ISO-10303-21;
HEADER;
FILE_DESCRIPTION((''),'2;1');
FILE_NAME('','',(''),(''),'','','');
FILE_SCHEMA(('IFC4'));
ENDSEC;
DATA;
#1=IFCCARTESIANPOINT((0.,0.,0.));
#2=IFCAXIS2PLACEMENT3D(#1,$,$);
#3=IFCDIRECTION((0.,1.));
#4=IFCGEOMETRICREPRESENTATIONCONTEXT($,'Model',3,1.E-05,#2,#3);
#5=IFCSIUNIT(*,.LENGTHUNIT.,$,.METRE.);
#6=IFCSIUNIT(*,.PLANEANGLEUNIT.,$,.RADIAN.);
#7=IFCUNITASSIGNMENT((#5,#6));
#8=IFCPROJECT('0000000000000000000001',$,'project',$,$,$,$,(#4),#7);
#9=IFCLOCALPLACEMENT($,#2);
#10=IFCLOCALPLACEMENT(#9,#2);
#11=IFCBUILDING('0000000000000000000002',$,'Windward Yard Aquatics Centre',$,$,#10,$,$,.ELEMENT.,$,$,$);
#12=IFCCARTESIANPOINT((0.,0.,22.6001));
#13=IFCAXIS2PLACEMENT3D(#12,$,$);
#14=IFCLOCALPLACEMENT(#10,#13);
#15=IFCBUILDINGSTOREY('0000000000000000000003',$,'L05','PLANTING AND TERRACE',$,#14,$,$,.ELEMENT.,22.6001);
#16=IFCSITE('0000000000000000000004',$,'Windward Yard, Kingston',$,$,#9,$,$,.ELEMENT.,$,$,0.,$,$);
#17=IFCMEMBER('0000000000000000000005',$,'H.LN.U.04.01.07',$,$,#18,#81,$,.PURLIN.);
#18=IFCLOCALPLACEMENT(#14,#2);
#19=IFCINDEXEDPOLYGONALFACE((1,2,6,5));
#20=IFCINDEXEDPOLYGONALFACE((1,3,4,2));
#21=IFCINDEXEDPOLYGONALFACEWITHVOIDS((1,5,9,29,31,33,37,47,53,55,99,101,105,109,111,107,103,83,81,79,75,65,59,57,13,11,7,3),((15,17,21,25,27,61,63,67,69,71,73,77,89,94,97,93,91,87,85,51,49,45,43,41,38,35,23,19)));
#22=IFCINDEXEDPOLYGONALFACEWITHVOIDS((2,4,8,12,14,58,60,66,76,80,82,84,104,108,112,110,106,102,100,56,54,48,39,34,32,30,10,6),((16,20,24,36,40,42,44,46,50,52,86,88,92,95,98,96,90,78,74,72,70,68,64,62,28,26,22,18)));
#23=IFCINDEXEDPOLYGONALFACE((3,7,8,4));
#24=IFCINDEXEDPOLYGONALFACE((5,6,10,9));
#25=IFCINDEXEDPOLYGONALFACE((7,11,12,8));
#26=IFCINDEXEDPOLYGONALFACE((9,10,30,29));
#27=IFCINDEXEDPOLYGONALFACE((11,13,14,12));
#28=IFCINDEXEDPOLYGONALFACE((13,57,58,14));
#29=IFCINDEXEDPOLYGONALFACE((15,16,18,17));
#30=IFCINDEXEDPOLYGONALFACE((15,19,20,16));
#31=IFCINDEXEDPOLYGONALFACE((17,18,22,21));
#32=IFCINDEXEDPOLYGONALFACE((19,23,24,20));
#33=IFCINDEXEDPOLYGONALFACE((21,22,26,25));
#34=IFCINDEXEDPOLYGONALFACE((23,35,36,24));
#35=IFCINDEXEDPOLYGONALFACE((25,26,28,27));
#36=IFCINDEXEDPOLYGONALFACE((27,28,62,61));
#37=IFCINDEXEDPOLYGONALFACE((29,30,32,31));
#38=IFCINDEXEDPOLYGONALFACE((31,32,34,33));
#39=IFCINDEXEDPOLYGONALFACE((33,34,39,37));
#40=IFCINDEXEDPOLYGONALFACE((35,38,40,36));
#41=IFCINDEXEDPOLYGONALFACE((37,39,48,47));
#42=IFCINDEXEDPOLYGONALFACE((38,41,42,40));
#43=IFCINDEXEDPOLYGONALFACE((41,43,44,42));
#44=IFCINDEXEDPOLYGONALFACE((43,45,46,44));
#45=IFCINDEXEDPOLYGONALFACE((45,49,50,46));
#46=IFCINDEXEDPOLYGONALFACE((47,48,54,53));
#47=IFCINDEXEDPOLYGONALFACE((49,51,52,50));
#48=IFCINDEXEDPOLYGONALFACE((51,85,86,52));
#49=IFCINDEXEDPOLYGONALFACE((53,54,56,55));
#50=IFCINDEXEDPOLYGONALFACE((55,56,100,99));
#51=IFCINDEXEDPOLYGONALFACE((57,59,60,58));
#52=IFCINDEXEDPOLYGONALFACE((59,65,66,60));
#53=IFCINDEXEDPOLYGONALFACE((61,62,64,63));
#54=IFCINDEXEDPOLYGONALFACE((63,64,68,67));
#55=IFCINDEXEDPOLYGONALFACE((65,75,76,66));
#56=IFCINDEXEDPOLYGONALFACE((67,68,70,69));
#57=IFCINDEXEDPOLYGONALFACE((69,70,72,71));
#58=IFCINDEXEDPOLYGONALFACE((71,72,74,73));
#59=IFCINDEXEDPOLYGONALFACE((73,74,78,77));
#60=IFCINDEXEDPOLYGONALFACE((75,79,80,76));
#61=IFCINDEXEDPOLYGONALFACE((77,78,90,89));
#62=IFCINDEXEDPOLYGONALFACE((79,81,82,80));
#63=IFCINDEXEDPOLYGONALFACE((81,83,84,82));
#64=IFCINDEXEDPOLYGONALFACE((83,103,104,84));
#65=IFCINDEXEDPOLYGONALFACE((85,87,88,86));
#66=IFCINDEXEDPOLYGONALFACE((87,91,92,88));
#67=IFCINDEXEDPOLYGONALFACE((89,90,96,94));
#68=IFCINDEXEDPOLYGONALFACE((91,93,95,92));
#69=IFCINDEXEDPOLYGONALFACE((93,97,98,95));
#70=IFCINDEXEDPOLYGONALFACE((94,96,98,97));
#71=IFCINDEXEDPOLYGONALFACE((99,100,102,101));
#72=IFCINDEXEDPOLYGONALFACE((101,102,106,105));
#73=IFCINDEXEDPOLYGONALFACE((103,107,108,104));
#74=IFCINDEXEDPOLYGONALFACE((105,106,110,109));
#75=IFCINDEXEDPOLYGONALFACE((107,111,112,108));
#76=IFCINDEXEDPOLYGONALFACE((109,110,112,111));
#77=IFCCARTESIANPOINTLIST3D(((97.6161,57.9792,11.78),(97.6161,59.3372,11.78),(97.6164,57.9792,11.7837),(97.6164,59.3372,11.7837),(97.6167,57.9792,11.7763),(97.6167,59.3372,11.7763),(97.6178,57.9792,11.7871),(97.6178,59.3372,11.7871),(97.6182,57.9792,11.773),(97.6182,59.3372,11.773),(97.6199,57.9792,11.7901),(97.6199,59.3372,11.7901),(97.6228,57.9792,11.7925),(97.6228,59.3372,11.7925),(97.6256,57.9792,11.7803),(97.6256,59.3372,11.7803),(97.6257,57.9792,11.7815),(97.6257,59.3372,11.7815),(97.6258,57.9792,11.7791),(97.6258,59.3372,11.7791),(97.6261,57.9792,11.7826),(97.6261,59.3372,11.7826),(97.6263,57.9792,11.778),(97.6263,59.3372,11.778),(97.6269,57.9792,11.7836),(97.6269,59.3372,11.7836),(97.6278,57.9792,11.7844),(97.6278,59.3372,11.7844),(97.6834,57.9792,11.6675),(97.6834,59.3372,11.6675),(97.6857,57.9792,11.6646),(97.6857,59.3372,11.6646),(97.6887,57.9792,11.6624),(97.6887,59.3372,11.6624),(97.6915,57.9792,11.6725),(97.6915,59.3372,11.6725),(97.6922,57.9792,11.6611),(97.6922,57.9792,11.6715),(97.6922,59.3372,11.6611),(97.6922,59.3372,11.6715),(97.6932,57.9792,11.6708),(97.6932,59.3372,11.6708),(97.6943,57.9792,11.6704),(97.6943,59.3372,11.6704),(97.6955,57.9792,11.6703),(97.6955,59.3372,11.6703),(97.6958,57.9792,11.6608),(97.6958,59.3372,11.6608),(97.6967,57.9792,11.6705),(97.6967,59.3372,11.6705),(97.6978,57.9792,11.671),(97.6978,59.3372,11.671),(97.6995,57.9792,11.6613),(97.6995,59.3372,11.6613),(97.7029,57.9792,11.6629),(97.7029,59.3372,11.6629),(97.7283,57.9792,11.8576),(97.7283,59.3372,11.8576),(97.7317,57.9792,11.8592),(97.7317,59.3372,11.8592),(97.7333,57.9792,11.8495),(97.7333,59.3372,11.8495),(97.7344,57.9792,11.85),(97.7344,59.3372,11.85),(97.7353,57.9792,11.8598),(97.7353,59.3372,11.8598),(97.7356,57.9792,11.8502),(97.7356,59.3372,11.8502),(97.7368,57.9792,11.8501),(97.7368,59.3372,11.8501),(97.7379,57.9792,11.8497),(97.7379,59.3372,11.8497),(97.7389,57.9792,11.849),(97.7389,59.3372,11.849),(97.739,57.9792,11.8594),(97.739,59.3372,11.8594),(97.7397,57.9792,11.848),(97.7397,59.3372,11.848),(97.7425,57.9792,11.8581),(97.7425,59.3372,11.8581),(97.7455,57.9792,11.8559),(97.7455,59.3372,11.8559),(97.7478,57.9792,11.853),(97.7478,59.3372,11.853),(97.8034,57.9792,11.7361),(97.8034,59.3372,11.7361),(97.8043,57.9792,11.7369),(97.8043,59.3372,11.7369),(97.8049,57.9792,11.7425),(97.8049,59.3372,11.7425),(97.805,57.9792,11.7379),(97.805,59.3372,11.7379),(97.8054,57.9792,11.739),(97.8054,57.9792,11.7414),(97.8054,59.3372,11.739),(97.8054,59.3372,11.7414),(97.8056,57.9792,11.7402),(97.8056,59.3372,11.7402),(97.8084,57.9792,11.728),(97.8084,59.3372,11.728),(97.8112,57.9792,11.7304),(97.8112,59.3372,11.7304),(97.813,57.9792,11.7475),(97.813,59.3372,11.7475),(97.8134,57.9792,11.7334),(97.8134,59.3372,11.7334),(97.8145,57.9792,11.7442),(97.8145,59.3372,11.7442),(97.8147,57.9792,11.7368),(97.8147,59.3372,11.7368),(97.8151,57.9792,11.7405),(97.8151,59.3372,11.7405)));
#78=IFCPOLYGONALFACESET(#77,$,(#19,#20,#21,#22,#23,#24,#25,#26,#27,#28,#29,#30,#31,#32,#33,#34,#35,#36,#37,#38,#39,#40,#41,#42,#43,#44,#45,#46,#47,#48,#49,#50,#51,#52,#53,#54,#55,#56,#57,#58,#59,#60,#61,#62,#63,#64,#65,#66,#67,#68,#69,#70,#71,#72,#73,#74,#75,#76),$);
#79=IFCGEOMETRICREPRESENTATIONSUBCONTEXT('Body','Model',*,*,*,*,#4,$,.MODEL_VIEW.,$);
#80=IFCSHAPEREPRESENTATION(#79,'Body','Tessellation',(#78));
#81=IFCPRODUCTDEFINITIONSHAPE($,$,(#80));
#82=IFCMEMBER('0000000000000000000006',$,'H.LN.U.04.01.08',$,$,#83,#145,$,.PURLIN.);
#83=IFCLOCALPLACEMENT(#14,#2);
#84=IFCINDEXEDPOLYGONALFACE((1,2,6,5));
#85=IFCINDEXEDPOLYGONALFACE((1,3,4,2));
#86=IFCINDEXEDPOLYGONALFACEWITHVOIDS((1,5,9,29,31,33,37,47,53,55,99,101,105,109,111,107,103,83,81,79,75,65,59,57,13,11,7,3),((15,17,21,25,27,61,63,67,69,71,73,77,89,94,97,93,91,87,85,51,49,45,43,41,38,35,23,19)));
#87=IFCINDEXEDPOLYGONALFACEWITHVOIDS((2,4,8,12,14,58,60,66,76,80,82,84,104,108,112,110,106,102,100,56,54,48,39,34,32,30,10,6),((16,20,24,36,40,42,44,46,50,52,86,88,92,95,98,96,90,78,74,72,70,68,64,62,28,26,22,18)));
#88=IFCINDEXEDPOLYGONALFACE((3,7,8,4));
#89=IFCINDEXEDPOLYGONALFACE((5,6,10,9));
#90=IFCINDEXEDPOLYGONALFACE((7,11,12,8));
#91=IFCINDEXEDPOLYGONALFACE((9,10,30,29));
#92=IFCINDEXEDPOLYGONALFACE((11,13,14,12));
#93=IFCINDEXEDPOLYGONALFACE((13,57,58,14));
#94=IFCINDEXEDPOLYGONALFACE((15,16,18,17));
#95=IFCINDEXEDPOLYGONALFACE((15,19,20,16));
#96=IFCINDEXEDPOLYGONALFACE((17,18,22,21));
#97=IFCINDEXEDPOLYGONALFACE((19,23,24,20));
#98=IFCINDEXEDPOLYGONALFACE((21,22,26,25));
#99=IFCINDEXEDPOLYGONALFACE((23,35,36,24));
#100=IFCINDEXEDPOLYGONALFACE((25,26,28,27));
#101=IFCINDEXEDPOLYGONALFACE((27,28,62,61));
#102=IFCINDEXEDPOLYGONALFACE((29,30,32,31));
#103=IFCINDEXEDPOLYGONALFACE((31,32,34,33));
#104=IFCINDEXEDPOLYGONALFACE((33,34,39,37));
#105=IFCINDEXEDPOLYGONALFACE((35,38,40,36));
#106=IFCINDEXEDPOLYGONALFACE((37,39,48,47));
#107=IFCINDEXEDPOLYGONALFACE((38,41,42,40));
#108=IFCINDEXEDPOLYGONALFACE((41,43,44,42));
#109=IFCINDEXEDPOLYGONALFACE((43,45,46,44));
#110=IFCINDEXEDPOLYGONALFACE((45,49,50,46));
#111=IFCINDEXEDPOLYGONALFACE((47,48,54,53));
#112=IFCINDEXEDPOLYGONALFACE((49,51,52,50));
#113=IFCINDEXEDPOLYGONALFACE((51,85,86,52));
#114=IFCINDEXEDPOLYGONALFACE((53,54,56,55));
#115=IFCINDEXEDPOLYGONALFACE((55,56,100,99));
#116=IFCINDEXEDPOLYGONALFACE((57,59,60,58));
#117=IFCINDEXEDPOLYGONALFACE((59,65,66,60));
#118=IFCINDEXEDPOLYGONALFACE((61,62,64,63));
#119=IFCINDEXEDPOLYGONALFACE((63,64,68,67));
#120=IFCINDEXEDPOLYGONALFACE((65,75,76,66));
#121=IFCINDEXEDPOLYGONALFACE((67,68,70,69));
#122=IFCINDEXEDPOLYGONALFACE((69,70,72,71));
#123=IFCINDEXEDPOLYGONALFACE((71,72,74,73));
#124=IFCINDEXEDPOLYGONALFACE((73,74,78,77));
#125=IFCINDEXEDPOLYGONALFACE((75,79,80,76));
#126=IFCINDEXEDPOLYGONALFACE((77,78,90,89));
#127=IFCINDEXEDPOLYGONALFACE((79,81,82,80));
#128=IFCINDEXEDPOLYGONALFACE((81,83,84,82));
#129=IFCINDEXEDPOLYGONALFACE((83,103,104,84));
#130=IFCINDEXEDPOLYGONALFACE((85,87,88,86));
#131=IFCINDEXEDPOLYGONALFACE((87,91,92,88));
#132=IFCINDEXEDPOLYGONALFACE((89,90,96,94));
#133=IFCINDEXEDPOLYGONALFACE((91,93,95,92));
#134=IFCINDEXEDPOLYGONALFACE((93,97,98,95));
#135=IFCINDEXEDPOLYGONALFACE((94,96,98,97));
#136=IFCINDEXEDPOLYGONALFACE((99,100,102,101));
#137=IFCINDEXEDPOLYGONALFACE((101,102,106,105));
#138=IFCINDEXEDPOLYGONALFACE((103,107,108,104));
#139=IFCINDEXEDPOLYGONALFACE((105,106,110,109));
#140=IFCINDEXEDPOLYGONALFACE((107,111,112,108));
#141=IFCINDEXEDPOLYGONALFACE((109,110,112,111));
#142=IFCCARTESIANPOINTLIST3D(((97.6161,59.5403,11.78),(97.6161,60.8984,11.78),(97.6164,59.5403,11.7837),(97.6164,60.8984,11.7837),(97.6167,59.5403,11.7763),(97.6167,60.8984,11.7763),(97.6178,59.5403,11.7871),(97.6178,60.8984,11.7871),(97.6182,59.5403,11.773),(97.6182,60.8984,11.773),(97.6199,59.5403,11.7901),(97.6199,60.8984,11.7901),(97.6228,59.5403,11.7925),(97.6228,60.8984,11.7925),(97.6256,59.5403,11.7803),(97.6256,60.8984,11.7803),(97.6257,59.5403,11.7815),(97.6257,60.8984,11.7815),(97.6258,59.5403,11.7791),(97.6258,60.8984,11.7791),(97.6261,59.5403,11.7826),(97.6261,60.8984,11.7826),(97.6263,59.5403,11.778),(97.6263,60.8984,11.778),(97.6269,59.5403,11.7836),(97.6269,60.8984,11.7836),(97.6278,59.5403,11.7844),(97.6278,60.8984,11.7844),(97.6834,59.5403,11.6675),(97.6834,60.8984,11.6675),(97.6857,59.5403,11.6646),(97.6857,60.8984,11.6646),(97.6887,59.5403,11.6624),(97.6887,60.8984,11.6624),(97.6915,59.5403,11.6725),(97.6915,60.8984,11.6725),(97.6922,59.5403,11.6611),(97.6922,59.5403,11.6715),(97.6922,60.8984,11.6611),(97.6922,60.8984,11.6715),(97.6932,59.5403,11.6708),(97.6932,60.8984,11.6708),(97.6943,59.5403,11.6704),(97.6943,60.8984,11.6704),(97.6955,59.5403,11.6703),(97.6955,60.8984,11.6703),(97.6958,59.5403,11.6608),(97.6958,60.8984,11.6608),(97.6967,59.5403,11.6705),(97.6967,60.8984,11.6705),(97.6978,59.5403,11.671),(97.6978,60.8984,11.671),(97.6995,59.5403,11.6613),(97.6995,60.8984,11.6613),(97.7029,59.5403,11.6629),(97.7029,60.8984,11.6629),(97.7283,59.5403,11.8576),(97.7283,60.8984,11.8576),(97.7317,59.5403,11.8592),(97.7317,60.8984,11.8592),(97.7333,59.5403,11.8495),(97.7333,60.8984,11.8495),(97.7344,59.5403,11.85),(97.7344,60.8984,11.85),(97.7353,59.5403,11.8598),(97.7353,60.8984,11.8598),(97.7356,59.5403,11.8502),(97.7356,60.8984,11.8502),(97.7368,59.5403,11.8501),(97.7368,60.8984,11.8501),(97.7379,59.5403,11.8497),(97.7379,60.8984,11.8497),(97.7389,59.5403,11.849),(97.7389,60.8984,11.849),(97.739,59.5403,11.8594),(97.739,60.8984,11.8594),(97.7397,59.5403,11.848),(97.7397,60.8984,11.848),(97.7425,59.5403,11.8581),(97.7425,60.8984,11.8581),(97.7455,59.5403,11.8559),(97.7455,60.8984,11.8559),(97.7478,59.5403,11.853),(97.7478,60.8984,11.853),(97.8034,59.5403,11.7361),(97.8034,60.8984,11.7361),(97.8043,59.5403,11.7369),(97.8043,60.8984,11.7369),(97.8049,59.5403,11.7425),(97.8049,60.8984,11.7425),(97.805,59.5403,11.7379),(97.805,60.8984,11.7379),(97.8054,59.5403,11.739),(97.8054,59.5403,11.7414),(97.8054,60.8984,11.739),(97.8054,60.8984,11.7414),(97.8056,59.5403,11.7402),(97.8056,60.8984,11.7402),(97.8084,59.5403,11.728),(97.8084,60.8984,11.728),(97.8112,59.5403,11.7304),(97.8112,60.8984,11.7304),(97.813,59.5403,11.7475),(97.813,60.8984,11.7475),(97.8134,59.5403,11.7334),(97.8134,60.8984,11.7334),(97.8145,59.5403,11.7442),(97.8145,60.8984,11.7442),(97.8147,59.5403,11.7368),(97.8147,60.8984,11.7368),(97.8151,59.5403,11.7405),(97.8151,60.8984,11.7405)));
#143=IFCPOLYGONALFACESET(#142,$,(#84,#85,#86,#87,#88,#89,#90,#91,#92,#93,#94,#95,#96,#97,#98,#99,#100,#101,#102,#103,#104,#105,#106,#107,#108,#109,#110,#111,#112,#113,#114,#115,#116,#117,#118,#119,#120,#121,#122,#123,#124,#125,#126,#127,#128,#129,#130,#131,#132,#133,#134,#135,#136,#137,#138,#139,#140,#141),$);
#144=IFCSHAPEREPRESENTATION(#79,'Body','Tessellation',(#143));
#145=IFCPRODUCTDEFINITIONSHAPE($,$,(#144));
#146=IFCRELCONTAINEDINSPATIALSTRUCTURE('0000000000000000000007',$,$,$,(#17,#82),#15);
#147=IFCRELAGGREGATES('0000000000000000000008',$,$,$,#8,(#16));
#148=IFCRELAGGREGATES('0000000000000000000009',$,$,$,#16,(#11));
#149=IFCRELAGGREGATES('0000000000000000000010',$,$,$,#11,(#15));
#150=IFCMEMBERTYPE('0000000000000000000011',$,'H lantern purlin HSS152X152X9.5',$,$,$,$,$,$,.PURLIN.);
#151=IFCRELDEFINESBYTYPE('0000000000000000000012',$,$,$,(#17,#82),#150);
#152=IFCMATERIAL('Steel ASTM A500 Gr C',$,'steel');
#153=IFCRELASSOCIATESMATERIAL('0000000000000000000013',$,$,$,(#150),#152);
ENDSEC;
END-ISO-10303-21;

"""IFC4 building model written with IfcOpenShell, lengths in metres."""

from ifc_helpers import new_model, si_unit, direction, frame, origin, origin_2d, place, context, subcontext, project, spatial, hollow_rectangle, extrude, material, material_profile, profile_set, type_object, element, save


model = new_model("IFC4")

# Units and contexts
model_context = context("Model", 3, precision=1e-05, world=origin(), true_north=direction((0.0, 1.0)))
body_context = subcontext(model_context, "Body", "Model", "MODEL_VIEW")
ifc_project = project(units=[si_unit("LENGTHUNIT", "METRE"), si_unit("PLANEANGLEUNIT", "RADIAN")], contexts=[model_context])

# Site, building, storey
site_placement = place(None, origin())
site = spatial("IfcSite", under=ifc_project, at=site_placement, Name="Windward Yard, Kingston", CompositionType="ELEMENT", RefElevation=0.0)
building_placement = place(site_placement, origin())
building = spatial("IfcBuilding", under=site, at=building_placement, Name="Windward Yard Aquatics Centre", CompositionType="ELEMENT")
storey_placement = place(building_placement, frame((0.0, 0.0, 22.6001)))
storey = spatial("IfcBuildingStorey", under=building, at=storey_placement, Name="L05", Description="PLANTING AND TERRACE", CompositionType="ELEMENT", Elevation=22.6001)

# Members
ifc_material_1 = material(Name="Steel ASTM A500 Gr C", Category="steel")
ifc_material_profile_1 = material_profile(ifc_material_1, hollow_rectangle(XDim=0.1523, YDim=0.1523, WallThickness=0.0095, InnerFilletRadius=0.0046, OuterFilletRadius=0.0142, at=origin_2d()), Name="HSS152X152X9.5")
ifc_profile_set_1 = profile_set([ifc_material_profile_1], Name="Steel ASTM A500 Gr C")
member_type_1 = type_object("IfcMemberType", Name="H lantern purlin HSS152X152X9.5", PredefinedType="PURLIN", material=ifc_profile_set_1)
member_1_placement = place(storey_placement, frame((97.7156, 57.9792, 11.7603), z_axis=(0.0, 1.0, 0.0), x_axis=(-0.850755, 0.0, -0.525562)))
element("IfcMember", 1, at=member_1_placement, inside=storey, type_object=member_type_1, Name="H.LN.U.04.01.07", PredefinedType="PURLIN", context=body_context, shape_type="SweptSolid", body=[
    extrude(hollow_rectangle(XDim=0.1523, YDim=0.1523, WallThickness=0.0095, InnerFilletRadius=0.0046, OuterFilletRadius=0.0142, at=origin_2d()), origin(), (0.0, 0.0, 1.0), 1.3579),
])
for number, where, z_axis, x_axis, name in (
    (2, (97.7156, 59.5403, 11.7603), (0.0, 1.0, 0.0), (-0.850755, 0.0, -0.525562), "H.LN.U.04.01.08"),
):
    element("IfcMember", number, at=place(storey_placement, frame(where, z_axis=z_axis, x_axis=x_axis)), inside=storey, type_object=member_type_1, Name=name, PredefinedType="PURLIN", context=body_context, shape_type="SweptSolid", body=[
        extrude(hollow_rectangle(XDim=0.1523, YDim=0.1523, WallThickness=0.0095, InnerFilletRadius=0.0046, OuterFilletRadius=0.0142, at=origin_2d()), origin(), (0.0, 0.0, 1.0), 1.3582),
    ])

save(model, "model.ifc")
